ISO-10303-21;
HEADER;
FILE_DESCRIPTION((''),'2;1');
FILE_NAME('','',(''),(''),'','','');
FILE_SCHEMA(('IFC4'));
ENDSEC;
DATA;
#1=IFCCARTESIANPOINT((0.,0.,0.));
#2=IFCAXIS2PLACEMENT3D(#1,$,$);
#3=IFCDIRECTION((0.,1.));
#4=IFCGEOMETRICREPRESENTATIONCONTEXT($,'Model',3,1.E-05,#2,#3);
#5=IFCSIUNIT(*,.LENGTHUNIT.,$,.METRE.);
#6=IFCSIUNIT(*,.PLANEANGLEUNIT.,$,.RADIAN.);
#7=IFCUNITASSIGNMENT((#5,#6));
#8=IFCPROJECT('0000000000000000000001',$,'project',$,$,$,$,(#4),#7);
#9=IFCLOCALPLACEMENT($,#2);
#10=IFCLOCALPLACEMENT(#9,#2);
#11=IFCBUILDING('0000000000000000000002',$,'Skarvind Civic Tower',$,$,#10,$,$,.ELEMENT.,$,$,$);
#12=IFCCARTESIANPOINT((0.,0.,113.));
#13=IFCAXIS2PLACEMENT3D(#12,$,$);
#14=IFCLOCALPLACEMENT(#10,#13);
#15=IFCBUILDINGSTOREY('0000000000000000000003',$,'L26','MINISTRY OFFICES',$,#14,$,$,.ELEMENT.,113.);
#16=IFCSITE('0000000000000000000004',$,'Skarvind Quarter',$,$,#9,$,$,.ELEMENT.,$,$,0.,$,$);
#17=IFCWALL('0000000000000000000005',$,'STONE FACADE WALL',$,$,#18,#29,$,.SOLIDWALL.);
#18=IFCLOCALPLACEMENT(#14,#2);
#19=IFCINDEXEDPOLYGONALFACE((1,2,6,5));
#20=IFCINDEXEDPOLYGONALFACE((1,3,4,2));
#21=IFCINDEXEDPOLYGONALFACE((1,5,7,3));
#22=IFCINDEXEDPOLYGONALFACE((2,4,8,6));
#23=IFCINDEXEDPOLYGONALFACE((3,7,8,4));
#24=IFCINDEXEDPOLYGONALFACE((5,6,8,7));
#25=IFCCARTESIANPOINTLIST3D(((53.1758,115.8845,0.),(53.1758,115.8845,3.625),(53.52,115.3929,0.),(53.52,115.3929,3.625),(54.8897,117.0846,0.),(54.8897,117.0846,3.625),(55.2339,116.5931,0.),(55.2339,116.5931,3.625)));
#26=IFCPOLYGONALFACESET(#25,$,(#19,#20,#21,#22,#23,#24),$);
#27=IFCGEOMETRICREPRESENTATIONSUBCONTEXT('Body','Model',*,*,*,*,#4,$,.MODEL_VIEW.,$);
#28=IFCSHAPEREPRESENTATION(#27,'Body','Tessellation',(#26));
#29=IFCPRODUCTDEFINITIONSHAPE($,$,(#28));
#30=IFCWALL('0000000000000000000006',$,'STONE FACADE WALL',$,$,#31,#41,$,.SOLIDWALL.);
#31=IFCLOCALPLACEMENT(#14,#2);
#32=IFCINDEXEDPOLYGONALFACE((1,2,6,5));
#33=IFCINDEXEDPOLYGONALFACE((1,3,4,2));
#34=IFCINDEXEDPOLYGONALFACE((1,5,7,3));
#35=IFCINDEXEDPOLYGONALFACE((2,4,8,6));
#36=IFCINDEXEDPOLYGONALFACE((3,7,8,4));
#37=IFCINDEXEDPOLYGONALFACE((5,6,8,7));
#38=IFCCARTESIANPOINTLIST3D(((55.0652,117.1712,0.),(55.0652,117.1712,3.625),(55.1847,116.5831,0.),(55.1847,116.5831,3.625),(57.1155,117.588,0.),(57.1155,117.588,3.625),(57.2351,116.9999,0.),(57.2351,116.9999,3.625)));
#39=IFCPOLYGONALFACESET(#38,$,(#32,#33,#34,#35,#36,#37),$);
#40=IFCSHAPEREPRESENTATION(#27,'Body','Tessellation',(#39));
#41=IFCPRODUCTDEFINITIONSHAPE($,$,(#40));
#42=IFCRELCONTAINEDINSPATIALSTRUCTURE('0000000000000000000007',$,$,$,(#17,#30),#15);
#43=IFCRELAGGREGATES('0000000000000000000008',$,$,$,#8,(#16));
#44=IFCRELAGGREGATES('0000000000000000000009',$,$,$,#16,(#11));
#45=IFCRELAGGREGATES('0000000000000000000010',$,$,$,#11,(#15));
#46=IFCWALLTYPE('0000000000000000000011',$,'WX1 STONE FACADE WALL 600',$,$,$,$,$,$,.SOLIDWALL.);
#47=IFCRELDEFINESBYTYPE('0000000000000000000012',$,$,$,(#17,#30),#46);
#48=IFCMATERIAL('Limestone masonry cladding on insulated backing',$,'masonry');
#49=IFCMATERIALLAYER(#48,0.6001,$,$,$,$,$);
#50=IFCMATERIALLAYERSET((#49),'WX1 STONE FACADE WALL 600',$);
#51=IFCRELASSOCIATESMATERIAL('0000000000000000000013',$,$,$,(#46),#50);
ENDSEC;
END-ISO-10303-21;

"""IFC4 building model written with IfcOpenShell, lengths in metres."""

from ifc_helpers import new_model, si_unit, direction, frame, frame_2d, origin, place, context, subcontext, project, spatial, rectangle, extrude, material, layer, layer_set, type_object, element, save


model = new_model("IFC4")

# Units and contexts
model_context = context("Model", 3, precision=1e-05, world=origin(), true_north=direction((0.0, 1.0)))
body_context = subcontext(model_context, "Body", "Model", "MODEL_VIEW")
ifc_project = project(units=[si_unit("LENGTHUNIT", "METRE"), si_unit("PLANEANGLEUNIT", "RADIAN")], contexts=[model_context])

# Site, building, storey
site_placement = place(None, origin())
site = spatial("IfcSite", under=ifc_project, at=site_placement, Name="Skarvind Quarter", CompositionType="ELEMENT", RefElevation=0.0)
building_placement = place(site_placement, origin())
building = spatial("IfcBuilding", under=site, at=building_placement, Name="Skarvind Civic Tower", CompositionType="ELEMENT")
storey_placement = place(building_placement, frame((0.0, 0.0, 113.0)))
storey = spatial("IfcBuildingStorey", under=building, at=storey_placement, Name="L26", Description="MINISTRY OFFICES", CompositionType="ELEMENT", Elevation=113.0)

# Shared definitions
ifc_material_1 = material(Name="Limestone masonry cladding on insulated backing", Category="masonry")
ifc_layer_1 = layer(ifc_material_1, 0.6001)
ifc_layer_set_1 = layer_set([ifc_layer_1], Name="WX1 STONE FACADE WALL 600")
wall_type_1 = type_object("IfcWallType", Name="WX1 STONE FACADE WALL 600", PredefinedType="SOLIDWALL", material=ifc_layer_set_1)

# Walls
for number, where, z_axis, x_axis, name in (
    (1, (55.0618, 116.8389, 0.0), (0.0, 0.0, 1.0), (-0.819122, -0.573619, 0.0), "STONE FACADE WALL"),
    (2, (57.1753, 117.2939, 0.0), (0.0, 0.0, 1.0), (-0.979961, -0.199189, 0.0), "STONE FACADE WALL"),
):
    element("IfcWall", number, at=place(storey_placement, frame(where, z_axis=z_axis, x_axis=x_axis)), inside=storey, type_object=wall_type_1, Name=name, PredefinedType="SOLIDWALL", context=body_context, shape_type="SweptSolid", body=[
        extrude(rectangle(XDim=2.0923, YDim=0.6001, at=frame_2d((1.0461, 0.0))), origin(), (0.0, 0.0, 1.0), 3.625),
    ])

save(model, "model.ifc")
